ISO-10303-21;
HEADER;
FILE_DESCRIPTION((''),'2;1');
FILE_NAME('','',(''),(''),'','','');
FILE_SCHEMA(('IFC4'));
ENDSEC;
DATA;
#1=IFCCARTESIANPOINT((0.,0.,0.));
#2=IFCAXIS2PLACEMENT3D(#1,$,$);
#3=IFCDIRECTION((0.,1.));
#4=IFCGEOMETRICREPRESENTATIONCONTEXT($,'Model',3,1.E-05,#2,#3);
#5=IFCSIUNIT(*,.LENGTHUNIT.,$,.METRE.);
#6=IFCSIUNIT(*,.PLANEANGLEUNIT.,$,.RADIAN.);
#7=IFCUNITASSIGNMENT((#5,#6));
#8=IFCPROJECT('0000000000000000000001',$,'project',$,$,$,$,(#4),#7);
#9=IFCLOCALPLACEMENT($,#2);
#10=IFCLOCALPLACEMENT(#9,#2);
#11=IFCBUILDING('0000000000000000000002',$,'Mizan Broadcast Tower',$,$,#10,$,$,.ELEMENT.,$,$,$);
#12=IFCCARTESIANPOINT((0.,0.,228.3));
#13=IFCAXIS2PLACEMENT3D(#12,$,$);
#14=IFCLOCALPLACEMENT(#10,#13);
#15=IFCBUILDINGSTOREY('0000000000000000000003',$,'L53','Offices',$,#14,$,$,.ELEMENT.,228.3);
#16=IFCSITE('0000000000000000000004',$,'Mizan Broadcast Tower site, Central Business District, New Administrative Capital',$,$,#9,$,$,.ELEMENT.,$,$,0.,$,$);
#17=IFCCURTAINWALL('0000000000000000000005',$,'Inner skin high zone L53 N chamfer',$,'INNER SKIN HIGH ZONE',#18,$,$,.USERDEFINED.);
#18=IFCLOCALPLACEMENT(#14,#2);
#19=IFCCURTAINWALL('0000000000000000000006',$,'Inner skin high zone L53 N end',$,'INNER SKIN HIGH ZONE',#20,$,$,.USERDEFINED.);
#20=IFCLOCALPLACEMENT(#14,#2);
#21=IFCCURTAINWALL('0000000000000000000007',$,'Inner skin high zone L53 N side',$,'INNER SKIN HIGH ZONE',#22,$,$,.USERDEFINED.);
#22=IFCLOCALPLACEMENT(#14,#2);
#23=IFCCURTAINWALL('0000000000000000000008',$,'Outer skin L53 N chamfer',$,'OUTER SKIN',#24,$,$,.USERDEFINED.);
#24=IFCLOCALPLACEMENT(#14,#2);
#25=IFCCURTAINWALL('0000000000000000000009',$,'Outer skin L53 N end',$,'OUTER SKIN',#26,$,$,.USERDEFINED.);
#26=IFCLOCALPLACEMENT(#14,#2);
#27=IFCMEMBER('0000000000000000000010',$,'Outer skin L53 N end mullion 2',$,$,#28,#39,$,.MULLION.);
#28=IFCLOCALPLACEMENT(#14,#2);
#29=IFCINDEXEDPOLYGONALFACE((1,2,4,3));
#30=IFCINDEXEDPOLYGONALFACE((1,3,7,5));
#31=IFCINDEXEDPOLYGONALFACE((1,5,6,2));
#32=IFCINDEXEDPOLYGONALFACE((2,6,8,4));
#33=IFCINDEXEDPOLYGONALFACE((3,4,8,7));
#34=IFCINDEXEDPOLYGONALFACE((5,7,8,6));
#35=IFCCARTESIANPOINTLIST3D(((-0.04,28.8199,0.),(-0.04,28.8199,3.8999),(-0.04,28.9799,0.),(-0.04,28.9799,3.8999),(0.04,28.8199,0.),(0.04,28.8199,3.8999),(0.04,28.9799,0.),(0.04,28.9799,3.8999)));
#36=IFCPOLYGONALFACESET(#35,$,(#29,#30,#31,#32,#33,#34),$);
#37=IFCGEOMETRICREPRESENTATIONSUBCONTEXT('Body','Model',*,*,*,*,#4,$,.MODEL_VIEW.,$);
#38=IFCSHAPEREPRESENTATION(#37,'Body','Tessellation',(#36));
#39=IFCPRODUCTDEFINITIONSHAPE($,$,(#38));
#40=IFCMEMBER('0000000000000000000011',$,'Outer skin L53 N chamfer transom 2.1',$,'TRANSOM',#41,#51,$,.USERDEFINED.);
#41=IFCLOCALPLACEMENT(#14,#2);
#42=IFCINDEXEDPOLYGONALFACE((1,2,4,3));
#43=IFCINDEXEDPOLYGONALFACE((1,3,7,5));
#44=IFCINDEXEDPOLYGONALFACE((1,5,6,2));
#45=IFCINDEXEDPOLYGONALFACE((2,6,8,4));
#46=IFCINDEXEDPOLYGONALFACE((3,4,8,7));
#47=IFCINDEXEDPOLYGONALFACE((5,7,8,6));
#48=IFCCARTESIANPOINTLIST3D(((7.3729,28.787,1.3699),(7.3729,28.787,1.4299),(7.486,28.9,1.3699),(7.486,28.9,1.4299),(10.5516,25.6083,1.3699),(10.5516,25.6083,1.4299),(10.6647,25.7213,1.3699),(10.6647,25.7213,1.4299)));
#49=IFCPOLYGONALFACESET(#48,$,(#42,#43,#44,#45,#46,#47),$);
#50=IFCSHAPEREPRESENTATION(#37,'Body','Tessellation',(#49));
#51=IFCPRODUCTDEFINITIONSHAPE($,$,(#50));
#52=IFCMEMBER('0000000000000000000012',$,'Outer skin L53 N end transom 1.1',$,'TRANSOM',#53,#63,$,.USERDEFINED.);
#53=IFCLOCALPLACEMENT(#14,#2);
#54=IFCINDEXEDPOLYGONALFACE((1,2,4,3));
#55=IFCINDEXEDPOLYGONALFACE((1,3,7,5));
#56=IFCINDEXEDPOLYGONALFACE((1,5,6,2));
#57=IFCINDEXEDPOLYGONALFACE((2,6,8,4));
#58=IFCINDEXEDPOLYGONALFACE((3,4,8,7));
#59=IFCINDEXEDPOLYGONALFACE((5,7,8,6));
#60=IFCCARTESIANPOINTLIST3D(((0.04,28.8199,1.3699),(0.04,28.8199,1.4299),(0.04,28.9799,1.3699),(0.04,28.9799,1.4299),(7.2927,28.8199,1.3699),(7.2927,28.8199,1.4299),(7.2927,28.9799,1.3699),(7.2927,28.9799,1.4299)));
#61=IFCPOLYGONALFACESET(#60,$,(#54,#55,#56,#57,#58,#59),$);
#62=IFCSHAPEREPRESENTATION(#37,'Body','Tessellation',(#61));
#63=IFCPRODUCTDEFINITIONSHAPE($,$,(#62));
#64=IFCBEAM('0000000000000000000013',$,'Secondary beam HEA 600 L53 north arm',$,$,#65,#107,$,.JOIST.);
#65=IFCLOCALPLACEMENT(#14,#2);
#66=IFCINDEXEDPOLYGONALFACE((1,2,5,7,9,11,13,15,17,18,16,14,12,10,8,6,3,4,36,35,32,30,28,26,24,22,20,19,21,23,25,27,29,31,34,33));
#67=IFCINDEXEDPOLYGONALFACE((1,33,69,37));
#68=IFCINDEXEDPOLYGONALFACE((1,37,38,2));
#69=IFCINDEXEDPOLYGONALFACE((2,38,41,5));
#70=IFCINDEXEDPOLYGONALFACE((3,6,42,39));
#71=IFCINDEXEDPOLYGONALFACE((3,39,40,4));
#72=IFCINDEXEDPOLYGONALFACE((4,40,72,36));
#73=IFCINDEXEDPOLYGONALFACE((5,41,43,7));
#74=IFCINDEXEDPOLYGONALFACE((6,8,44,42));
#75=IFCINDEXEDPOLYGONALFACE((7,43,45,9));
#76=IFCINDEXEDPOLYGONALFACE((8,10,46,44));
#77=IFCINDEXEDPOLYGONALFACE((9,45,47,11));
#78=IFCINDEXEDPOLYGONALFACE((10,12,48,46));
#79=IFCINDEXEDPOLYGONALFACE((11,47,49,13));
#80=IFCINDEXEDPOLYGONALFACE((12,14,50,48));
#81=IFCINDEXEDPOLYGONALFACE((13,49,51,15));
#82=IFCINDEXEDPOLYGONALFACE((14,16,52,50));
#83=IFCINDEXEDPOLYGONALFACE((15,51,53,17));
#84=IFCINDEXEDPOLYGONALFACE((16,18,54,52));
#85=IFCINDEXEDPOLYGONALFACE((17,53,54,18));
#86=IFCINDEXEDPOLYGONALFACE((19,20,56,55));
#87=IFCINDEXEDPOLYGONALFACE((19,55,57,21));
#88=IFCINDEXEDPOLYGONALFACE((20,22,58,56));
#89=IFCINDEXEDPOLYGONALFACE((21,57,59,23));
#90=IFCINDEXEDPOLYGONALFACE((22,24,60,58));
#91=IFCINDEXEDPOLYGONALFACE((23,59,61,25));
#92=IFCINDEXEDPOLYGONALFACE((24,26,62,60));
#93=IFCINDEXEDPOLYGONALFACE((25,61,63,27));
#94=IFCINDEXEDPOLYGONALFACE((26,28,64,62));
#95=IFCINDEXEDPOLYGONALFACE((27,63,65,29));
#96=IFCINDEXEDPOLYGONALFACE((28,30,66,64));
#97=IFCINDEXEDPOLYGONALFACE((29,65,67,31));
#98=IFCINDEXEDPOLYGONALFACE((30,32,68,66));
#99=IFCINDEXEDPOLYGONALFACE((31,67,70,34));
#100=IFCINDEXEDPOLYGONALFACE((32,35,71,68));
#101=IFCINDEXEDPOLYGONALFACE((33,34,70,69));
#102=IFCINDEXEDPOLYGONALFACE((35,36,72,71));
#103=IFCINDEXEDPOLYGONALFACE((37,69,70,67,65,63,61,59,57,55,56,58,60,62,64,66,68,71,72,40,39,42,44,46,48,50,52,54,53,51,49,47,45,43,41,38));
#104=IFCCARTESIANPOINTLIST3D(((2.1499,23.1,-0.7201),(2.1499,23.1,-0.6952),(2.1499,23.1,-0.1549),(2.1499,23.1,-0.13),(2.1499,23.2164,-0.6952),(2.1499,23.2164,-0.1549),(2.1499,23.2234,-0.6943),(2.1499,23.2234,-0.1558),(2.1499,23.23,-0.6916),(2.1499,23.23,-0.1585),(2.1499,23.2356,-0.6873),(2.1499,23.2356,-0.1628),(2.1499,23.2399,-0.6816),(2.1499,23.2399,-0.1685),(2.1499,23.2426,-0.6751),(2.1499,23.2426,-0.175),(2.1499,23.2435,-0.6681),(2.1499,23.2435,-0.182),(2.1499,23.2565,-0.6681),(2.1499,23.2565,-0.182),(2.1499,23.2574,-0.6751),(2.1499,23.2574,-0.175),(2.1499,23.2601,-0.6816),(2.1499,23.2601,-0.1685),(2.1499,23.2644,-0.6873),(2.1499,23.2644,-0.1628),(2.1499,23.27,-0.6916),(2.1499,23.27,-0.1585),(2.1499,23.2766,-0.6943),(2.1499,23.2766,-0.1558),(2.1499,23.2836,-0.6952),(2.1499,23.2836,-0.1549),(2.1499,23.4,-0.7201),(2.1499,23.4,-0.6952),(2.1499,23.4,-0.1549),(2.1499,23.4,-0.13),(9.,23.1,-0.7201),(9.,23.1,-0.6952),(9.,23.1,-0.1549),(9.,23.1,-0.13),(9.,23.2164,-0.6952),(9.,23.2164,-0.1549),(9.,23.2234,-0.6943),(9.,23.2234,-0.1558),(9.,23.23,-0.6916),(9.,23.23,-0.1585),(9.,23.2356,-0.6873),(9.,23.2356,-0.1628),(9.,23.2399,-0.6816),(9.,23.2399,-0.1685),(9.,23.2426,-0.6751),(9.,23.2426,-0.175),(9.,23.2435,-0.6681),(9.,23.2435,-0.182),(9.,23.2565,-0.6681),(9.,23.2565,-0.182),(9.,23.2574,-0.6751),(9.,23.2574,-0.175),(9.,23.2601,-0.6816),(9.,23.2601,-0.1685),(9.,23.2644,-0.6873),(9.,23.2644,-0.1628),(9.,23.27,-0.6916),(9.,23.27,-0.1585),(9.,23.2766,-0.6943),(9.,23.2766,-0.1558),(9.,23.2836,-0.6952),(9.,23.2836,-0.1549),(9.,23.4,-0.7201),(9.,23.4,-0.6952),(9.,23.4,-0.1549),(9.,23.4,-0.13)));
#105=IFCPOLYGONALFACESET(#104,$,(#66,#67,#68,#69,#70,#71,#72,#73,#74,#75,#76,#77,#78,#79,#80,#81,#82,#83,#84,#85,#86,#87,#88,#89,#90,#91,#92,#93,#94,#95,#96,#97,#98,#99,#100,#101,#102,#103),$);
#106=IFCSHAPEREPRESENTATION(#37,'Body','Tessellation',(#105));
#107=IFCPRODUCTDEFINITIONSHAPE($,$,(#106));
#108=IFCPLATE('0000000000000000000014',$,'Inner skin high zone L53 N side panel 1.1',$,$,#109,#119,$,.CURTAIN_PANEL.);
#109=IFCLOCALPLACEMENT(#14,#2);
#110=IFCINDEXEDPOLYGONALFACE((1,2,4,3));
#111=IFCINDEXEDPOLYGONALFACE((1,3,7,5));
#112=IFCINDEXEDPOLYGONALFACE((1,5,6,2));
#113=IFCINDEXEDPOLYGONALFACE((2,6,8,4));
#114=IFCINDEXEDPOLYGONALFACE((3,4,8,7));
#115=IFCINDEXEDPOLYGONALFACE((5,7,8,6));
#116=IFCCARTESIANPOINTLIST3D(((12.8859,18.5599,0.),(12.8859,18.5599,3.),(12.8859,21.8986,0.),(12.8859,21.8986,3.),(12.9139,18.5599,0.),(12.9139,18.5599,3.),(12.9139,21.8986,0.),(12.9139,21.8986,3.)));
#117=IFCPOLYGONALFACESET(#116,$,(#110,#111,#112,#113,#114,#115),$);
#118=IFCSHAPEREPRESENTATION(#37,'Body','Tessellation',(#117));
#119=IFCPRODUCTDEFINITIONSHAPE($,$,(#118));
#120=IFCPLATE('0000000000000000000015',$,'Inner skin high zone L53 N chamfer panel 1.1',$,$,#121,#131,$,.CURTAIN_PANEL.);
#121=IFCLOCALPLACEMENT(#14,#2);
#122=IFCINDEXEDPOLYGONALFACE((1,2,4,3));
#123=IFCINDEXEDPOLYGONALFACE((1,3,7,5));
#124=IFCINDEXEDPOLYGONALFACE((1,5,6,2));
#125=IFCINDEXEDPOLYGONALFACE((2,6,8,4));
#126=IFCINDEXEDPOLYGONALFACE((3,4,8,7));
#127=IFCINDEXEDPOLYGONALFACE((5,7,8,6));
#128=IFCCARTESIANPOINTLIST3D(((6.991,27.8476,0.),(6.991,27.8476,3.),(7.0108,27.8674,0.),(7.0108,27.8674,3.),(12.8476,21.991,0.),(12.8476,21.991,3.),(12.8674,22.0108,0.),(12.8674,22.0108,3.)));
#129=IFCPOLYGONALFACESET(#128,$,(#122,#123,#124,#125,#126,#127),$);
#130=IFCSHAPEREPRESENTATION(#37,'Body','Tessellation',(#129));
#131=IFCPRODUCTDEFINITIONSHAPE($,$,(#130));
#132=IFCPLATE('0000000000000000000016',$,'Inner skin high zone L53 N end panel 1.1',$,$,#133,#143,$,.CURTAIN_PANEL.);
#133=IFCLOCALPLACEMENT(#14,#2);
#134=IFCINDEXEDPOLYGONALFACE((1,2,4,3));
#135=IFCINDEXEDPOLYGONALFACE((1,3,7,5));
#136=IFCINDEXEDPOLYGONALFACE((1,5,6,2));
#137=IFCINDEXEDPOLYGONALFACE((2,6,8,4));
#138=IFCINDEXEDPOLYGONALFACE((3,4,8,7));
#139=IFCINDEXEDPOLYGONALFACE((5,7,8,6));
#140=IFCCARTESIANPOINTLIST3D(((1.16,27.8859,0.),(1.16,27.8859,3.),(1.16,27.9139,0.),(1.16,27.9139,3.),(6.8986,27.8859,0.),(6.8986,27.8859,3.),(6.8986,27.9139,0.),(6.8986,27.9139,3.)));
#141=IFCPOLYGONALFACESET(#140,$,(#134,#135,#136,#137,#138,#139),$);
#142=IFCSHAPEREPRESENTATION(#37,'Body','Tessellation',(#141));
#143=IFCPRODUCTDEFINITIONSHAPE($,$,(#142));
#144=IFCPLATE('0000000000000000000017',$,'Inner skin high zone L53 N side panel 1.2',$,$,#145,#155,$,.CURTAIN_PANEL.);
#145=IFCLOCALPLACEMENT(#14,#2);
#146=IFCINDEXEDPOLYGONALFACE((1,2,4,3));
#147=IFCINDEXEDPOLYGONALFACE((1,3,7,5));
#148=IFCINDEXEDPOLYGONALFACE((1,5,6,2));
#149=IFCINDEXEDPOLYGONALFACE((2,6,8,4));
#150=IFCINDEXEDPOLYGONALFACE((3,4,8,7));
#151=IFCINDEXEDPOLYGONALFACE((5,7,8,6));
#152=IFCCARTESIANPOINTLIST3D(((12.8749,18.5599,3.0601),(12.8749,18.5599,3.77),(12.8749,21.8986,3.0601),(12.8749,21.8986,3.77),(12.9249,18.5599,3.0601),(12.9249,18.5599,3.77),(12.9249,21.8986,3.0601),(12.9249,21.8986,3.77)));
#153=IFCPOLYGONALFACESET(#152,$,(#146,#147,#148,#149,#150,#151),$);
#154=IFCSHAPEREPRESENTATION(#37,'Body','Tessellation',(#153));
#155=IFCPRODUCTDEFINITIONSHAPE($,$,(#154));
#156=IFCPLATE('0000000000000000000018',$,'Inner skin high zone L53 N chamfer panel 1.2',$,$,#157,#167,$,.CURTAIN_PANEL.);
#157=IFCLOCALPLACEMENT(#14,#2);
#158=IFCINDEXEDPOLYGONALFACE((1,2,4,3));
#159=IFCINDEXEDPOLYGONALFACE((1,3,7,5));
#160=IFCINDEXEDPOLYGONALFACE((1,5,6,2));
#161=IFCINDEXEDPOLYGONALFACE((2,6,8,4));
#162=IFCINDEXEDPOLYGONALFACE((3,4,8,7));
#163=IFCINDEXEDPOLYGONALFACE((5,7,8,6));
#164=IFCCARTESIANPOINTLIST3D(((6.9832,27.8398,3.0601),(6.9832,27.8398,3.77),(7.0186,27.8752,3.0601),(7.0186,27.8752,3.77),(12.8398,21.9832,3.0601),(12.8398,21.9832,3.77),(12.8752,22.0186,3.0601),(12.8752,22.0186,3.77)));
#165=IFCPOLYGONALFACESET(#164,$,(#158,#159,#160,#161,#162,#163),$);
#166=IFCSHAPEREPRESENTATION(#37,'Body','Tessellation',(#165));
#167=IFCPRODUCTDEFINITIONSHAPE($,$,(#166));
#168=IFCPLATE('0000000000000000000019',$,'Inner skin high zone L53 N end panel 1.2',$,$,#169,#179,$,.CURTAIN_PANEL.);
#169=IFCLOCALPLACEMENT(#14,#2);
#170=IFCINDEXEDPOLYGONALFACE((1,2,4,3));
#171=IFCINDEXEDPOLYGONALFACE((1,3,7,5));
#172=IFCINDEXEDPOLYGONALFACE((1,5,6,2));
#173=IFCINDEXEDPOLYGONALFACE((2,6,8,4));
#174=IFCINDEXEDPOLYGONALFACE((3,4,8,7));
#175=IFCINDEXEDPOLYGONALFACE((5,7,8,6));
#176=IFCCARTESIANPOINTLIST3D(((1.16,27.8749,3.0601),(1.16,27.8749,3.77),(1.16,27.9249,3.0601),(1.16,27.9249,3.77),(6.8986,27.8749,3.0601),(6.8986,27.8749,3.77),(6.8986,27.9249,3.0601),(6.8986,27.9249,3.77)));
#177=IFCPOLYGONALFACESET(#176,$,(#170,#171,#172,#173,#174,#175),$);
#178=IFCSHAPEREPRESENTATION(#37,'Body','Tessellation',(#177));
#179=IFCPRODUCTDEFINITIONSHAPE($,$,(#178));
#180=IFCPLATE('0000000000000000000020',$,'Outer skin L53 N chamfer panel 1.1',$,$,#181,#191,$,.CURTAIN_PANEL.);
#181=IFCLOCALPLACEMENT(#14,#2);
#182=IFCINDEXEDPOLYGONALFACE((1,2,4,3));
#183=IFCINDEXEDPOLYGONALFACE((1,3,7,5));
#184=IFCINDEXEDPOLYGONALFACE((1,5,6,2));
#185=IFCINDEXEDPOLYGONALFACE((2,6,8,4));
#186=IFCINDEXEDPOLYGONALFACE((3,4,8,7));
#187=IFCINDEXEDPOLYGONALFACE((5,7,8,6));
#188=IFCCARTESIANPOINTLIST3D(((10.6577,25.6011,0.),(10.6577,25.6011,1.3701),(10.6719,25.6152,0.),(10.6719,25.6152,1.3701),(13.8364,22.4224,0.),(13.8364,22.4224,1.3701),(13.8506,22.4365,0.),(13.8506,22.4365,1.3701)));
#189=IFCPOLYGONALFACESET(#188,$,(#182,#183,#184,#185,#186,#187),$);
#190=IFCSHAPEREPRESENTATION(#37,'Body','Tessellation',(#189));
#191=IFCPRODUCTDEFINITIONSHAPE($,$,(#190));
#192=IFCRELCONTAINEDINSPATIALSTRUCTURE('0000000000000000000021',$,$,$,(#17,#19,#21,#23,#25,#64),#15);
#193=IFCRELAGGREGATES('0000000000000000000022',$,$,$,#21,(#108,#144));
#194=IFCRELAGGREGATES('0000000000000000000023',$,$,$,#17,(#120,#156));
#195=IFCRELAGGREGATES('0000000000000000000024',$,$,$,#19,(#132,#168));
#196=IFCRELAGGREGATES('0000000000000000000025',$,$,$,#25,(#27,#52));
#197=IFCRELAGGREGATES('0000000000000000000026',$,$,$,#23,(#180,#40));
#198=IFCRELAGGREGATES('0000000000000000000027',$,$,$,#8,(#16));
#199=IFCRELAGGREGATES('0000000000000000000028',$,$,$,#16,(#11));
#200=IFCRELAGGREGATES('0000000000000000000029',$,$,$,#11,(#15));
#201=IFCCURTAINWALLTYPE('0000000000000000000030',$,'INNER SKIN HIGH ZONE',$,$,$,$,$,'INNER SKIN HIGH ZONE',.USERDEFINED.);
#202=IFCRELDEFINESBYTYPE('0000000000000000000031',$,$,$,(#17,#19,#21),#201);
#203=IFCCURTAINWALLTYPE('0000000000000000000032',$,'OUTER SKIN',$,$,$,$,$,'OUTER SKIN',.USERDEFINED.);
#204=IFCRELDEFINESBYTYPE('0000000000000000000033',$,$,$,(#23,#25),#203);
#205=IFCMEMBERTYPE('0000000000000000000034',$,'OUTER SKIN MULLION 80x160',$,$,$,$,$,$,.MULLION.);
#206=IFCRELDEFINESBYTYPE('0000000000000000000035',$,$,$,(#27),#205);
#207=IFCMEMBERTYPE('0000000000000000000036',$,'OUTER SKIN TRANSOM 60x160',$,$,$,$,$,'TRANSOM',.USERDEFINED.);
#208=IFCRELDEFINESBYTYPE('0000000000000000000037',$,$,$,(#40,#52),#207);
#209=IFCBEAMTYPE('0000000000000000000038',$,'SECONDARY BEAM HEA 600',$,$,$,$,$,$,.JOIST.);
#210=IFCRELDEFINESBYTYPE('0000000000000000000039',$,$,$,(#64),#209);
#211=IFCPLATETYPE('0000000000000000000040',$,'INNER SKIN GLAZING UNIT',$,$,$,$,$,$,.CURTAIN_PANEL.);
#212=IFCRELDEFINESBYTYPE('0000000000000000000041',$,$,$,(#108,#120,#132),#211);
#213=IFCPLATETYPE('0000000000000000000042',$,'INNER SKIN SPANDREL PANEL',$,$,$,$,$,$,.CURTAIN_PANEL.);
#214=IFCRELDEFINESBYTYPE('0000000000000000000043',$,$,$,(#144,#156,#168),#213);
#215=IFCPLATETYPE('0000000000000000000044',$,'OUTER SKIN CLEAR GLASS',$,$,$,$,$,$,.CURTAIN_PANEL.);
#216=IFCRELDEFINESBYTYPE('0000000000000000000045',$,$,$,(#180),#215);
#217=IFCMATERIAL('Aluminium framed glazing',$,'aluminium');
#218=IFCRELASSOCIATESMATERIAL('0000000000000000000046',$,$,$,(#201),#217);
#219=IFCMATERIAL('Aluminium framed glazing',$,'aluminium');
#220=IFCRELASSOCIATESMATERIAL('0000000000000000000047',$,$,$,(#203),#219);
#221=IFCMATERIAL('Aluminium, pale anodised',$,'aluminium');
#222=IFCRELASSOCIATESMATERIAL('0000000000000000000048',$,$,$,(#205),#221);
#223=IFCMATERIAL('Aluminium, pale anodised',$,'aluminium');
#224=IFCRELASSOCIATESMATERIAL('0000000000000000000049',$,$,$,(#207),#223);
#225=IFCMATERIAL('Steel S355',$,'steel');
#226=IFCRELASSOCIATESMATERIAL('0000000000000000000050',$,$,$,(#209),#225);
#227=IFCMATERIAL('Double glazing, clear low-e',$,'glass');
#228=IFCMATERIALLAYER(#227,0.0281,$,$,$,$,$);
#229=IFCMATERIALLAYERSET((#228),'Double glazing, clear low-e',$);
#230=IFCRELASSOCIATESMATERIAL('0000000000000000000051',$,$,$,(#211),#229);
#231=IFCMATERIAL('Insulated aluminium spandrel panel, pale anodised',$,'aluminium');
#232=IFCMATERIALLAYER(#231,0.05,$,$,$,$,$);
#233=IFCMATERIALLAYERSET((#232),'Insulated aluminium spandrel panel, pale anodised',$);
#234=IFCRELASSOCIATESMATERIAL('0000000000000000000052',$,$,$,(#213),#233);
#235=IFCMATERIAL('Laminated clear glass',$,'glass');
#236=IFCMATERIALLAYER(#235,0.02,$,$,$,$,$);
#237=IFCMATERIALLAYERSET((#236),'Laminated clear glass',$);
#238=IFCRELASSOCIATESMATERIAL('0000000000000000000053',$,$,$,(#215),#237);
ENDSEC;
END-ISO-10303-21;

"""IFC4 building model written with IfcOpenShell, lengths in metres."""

from ifc_helpers import new_model, si_unit, direction, frame, origin, origin_2d, place, context, subcontext, project, spatial, rectangle, i_section, extrude, material, layer, layer_set, material_profile, profile_set, type_object, element, aggregate, save


model = new_model("IFC4")

# Units and contexts
model_context = context("Model", 3, precision=1e-05, world=origin(), true_north=direction((0.0, 1.0)))
body_context = subcontext(model_context, "Body", "Model", "MODEL_VIEW")
ifc_project = project(units=[si_unit("LENGTHUNIT", "METRE"), si_unit("PLANEANGLEUNIT", "RADIAN")], contexts=[model_context])

# Site, building, storey
site_placement = place(None, origin())
site = spatial("IfcSite", under=ifc_project, at=site_placement, Name="Mizan Broadcast Tower site, Central Business District, New Administrative Capital", CompositionType="ELEMENT", RefElevation=0.0)
building_placement = place(site_placement, origin())
building = spatial("IfcBuilding", under=site, at=building_placement, Name="Mizan Broadcast Tower", CompositionType="ELEMENT")
storey_placement = place(building_placement, frame((0.0, 0.0, 228.3)))
storey = spatial("IfcBuildingStorey", under=building, at=storey_placement, Name="L53", Description="Offices", CompositionType="ELEMENT", Elevation=228.3)

# Curtain walls
ifc_material_1 = material(Name="Aluminium framed glazing", Category="aluminium")
curtain_wall_type_1 = type_object("IfcCurtainWallType", Name="INNER SKIN HIGH ZONE", ElementType="INNER SKIN HIGH ZONE", PredefinedType="USERDEFINED", material=ifc_material_1)
curtain_wall_1_placement = place(storey_placement, origin())
curtain_wall_1 = element("IfcCurtainWall", 1, at=curtain_wall_1_placement, inside=storey, type_object=curtain_wall_type_1, Name="Inner skin high zone L53 N chamfer", ObjectType="INNER SKIN HIGH ZONE", PredefinedType="USERDEFINED")
curtain_wall_2_placement = place(storey_placement, origin())
curtain_wall_2 = element("IfcCurtainWall", 2, at=curtain_wall_2_placement, inside=storey, type_object=curtain_wall_type_1, Name="Inner skin high zone L53 N end", ObjectType="INNER SKIN HIGH ZONE", PredefinedType="USERDEFINED")
curtain_wall_3_placement = place(storey_placement, origin())
curtain_wall_3 = element("IfcCurtainWall", 3, at=curtain_wall_3_placement, inside=storey, type_object=curtain_wall_type_1, Name="Inner skin high zone L53 N side", ObjectType="INNER SKIN HIGH ZONE", PredefinedType="USERDEFINED")

# Curtain wall
ifc_material_2 = material(Name="Aluminium framed glazing", Category="aluminium")
curtain_wall_type_2 = type_object("IfcCurtainWallType", Name="OUTER SKIN", ElementType="OUTER SKIN", PredefinedType="USERDEFINED", material=ifc_material_2)
curtain_wall_4_placement = place(storey_placement, origin())
curtain_wall_4 = element("IfcCurtainWall", 4, at=curtain_wall_4_placement, inside=storey, type_object=curtain_wall_type_2, Name="Outer skin L53 N chamfer", ObjectType="OUTER SKIN", PredefinedType="USERDEFINED")
ifc_material_3 = material(Name="Aluminium, pale anodised", Category="aluminium")
ifc_material_profile_1 = material_profile(ifc_material_3, rectangle(XDim=0.1599, YDim=0.0801, at=origin_2d()), Name="MULLION 160x80")
ifc_profile_set_1 = profile_set([ifc_material_profile_1], Name="Aluminium, pale anodised")
member_type_1 = type_object("IfcMemberType", Name="OUTER SKIN MULLION 80x160", PredefinedType="MULLION", material=ifc_profile_set_1)

# Curtain wall, member
curtain_wall_5_placement = place(storey_placement, origin())
curtain_wall_5 = element("IfcCurtainWall", 5, at=curtain_wall_5_placement, inside=storey, type_object=curtain_wall_type_2, Name="Outer skin L53 N end", ObjectType="OUTER SKIN", PredefinedType="USERDEFINED")
member_1_placement = place(storey_placement, frame((0.0, 28.8999, 0.0), z_axis=(0.0, 0.0, 1.0), x_axis=(0.0, -1.0, 0.0)))
member_1 = element("IfcMember", 6, at=member_1_placement, type_object=member_type_1, Name="Outer skin L53 N end mullion 2", PredefinedType="MULLION", context=body_context, shape_type="SweptSolid", body=[
    extrude(rectangle(XDim=0.1599, YDim=0.0801, at=origin_2d()), origin(), (0.0, 0.0, 1.0), 3.8999),
])

# Members
ifc_material_4 = material(Name="Aluminium, pale anodised", Category="aluminium")
ifc_material_profile_2 = material_profile(ifc_material_4, rectangle(XDim=0.1599, YDim=0.0601, at=origin_2d()), Name="TRANSOM 160x60")
ifc_profile_set_2 = profile_set([ifc_material_profile_2], Name="Aluminium, pale anodised")
member_type_2 = type_object("IfcMemberType", Name="OUTER SKIN TRANSOM 60x160", ElementType="TRANSOM", PredefinedType="USERDEFINED", material=ifc_profile_set_2)
member_2_placement = place(storey_placement, frame((10.6082, 25.6648, 1.3999), z_axis=(-0.707107, 0.707107, 0.0), x_axis=(-0.707107, -0.707107, 0.0)))
member_2 = element("IfcMember", 7, at=member_2_placement, type_object=member_type_2, Name="Outer skin L53 N chamfer transom 2.1", ObjectType="TRANSOM", PredefinedType="USERDEFINED", context=body_context, shape_type="SweptSolid", body=[
    extrude(rectangle(XDim=0.1599, YDim=0.0601, at=origin_2d()), origin(), (0.0, 0.0, 1.0), 4.4954),
])
member_3_placement = place(storey_placement, frame((7.2927, 28.8999, 1.3999), z_axis=(-1.0, 0.0, 0.0), x_axis=(0.0, -1.0, 0.0)))
member_3 = element("IfcMember", 8, at=member_3_placement, type_object=member_type_2, Name="Outer skin L53 N end transom 1.1", ObjectType="TRANSOM", PredefinedType="USERDEFINED", context=body_context, shape_type="SweptSolid", body=[
    extrude(rectangle(XDim=0.1599, YDim=0.0601, at=origin_2d()), origin(), (0.0, 0.0, 1.0), 7.2527),
])

# Beam
ifc_material_5 = material(Name="Steel S355", Category="steel")
ifc_material_profile_3 = material_profile(ifc_material_5, i_section(OverallWidth=0.3, OverallDepth=0.5901, WebThickness=0.0129, FlangeThickness=0.0249, FilletRadius=0.0271, at=origin_2d()), Name="HEA 600")
ifc_profile_set_3 = profile_set([ifc_material_profile_3], Name="Steel S355")
beam_type_1 = type_object("IfcBeamType", Name="SECONDARY BEAM HEA 600", PredefinedType="JOIST", material=ifc_profile_set_3)
beam_1_placement = place(storey_placement, frame((9.0, 23.25, -0.425), z_axis=(-1.0, 0.0, 0.0), x_axis=(0.0, -1.0, 0.0)))
element("IfcBeam", 9, at=beam_1_placement, inside=storey, type_object=beam_type_1, Name="Secondary beam HEA 600 L53 north arm", PredefinedType="JOIST", context=body_context, shape_type="SweptSolid", body=[
    extrude(i_section(OverallWidth=0.3, OverallDepth=0.5901, WebThickness=0.0129, FlangeThickness=0.0249, FilletRadius=0.0271, at=origin_2d()), origin(), (0.0, 0.0, 1.0), 6.8501),
])

# Plates
ifc_material_6 = material(Name="Double glazing, clear low-e", Category="glass")
ifc_layer_1 = layer(ifc_material_6, 0.0281)
ifc_layer_set_1 = layer_set([ifc_layer_1], Name="Double glazing, clear low-e")
plate_type_1 = type_object("IfcPlateType", Name="INNER SKIN GLAZING UNIT", PredefinedType="CURTAIN_PANEL", material=ifc_layer_set_1)
plate_1_placement = place(storey_placement, frame((12.8999, 20.2292, 0.0), z_axis=(0.0, 0.0, 1.0), x_axis=(0.0, 1.0, 0.0)))
plate_1 = element("IfcPlate", 10, at=plate_1_placement, type_object=plate_type_1, Name="Inner skin high zone L53 N side panel 1.1", PredefinedType="CURTAIN_PANEL", context=body_context, shape_type="SweptSolid", body=[
    extrude(rectangle(XDim=3.3386, YDim=0.0281, at=origin_2d()), origin(), (0.0, 0.0, 1.0), 3.0),
])
plate_2_placement = place(storey_placement, frame((9.9292, 24.9292, 0.0), z_axis=(0.0, 0.0, 1.0), x_axis=(-0.707107, 0.707107, 0.0)))
plate_2 = element("IfcPlate", 11, at=plate_2_placement, type_object=plate_type_1, Name="Inner skin high zone L53 N chamfer panel 1.1", PredefinedType="CURTAIN_PANEL", context=body_context, shape_type="SweptSolid", body=[
    extrude(rectangle(XDim=8.2825, YDim=0.0281, at=origin_2d()), origin(), (0.0, 0.0, 1.0), 3.0),
])
plate_3_placement = place(storey_placement, frame((4.0293, 27.8999, 0.0), z_axis=(0.0, 0.0, 1.0), x_axis=(-1.0, 0.0, 0.0)))
plate_3 = element("IfcPlate", 12, at=plate_3_placement, type_object=plate_type_1, Name="Inner skin high zone L53 N end panel 1.1", PredefinedType="CURTAIN_PANEL", context=body_context, shape_type="SweptSolid", body=[
    extrude(rectangle(XDim=5.7385, YDim=0.0281, at=origin_2d()), origin(), (0.0, 0.0, 1.0), 3.0),
])
ifc_material_7 = material(Name="Insulated aluminium spandrel panel, pale anodised", Category="aluminium")
ifc_layer_2 = layer(ifc_material_7, 0.05)
ifc_layer_set_2 = layer_set([ifc_layer_2], Name="Insulated aluminium spandrel panel, pale anodised")
plate_type_2 = type_object("IfcPlateType", Name="INNER SKIN SPANDREL PANEL", PredefinedType="CURTAIN_PANEL", material=ifc_layer_set_2)
plate_4_placement = place(storey_placement, frame((12.8999, 20.2292, 3.0601), z_axis=(0.0, 0.0, 1.0), x_axis=(0.0, 1.0, 0.0)))
plate_4 = element("IfcPlate", 13, at=plate_4_placement, type_object=plate_type_2, Name="Inner skin high zone L53 N side panel 1.2", PredefinedType="CURTAIN_PANEL", context=body_context, shape_type="SweptSolid", body=[
    extrude(rectangle(XDim=3.3386, YDim=0.05, at=origin_2d()), origin(), (0.0, 0.0, 1.0), 0.71),
])
aggregate(curtain_wall_3, [plate_1, plate_4])
plate_5_placement = place(storey_placement, frame((9.9292, 24.9292, 3.0601), z_axis=(0.0, 0.0, 1.0), x_axis=(-0.707107, 0.707107, 0.0)))
plate_5 = element("IfcPlate", 14, at=plate_5_placement, type_object=plate_type_2, Name="Inner skin high zone L53 N chamfer panel 1.2", PredefinedType="CURTAIN_PANEL", context=body_context, shape_type="SweptSolid", body=[
    extrude(rectangle(XDim=8.2825, YDim=0.05, at=origin_2d()), origin(), (0.0, 0.0, 1.0), 0.71),
])
aggregate(curtain_wall_1, [plate_2, plate_5])
plate_6_placement = place(storey_placement, frame((4.0293, 27.8999, 3.0601), z_axis=(0.0, 0.0, 1.0), x_axis=(-1.0, 0.0, 0.0)))
plate_6 = element("IfcPlate", 15, at=plate_6_placement, type_object=plate_type_2, Name="Inner skin high zone L53 N end panel 1.2", PredefinedType="CURTAIN_PANEL", context=body_context, shape_type="SweptSolid", body=[
    extrude(rectangle(XDim=5.7385, YDim=0.05, at=origin_2d()), origin(), (0.0, 0.0, 1.0), 0.71),
])
aggregate(curtain_wall_2, [plate_3, plate_6])
ifc_material_8 = material(Name="Laminated clear glass", Category="glass")
ifc_layer_3 = layer(ifc_material_8, 0.02)
ifc_layer_set_3 = layer_set([ifc_layer_3], Name="Laminated clear glass")
plate_type_3 = type_object("IfcPlateType", Name="OUTER SKIN CLEAR GLASS", PredefinedType="CURTAIN_PANEL", material=ifc_layer_set_3)
plate_7_placement = place(storey_placement, frame((12.2542, 24.0188, 0.0), z_axis=(0.0, 0.0, 1.0), x_axis=(-0.707107, 0.707107, 0.0)))
plate_7 = element("IfcPlate", 16, at=plate_7_placement, type_object=plate_type_3, Name="Outer skin L53 N chamfer panel 1.1", PredefinedType="CURTAIN_PANEL", context=body_context, shape_type="SweptSolid", body=[
    extrude(rectangle(XDim=4.4954, YDim=0.02, at=origin_2d()), origin(), (0.0, 0.0, 1.0), 1.3701),
])
aggregate(curtain_wall_5, [member_1, member_3])
aggregate(curtain_wall_4, [plate_7, member_2])

save(model, "model.ifc")
